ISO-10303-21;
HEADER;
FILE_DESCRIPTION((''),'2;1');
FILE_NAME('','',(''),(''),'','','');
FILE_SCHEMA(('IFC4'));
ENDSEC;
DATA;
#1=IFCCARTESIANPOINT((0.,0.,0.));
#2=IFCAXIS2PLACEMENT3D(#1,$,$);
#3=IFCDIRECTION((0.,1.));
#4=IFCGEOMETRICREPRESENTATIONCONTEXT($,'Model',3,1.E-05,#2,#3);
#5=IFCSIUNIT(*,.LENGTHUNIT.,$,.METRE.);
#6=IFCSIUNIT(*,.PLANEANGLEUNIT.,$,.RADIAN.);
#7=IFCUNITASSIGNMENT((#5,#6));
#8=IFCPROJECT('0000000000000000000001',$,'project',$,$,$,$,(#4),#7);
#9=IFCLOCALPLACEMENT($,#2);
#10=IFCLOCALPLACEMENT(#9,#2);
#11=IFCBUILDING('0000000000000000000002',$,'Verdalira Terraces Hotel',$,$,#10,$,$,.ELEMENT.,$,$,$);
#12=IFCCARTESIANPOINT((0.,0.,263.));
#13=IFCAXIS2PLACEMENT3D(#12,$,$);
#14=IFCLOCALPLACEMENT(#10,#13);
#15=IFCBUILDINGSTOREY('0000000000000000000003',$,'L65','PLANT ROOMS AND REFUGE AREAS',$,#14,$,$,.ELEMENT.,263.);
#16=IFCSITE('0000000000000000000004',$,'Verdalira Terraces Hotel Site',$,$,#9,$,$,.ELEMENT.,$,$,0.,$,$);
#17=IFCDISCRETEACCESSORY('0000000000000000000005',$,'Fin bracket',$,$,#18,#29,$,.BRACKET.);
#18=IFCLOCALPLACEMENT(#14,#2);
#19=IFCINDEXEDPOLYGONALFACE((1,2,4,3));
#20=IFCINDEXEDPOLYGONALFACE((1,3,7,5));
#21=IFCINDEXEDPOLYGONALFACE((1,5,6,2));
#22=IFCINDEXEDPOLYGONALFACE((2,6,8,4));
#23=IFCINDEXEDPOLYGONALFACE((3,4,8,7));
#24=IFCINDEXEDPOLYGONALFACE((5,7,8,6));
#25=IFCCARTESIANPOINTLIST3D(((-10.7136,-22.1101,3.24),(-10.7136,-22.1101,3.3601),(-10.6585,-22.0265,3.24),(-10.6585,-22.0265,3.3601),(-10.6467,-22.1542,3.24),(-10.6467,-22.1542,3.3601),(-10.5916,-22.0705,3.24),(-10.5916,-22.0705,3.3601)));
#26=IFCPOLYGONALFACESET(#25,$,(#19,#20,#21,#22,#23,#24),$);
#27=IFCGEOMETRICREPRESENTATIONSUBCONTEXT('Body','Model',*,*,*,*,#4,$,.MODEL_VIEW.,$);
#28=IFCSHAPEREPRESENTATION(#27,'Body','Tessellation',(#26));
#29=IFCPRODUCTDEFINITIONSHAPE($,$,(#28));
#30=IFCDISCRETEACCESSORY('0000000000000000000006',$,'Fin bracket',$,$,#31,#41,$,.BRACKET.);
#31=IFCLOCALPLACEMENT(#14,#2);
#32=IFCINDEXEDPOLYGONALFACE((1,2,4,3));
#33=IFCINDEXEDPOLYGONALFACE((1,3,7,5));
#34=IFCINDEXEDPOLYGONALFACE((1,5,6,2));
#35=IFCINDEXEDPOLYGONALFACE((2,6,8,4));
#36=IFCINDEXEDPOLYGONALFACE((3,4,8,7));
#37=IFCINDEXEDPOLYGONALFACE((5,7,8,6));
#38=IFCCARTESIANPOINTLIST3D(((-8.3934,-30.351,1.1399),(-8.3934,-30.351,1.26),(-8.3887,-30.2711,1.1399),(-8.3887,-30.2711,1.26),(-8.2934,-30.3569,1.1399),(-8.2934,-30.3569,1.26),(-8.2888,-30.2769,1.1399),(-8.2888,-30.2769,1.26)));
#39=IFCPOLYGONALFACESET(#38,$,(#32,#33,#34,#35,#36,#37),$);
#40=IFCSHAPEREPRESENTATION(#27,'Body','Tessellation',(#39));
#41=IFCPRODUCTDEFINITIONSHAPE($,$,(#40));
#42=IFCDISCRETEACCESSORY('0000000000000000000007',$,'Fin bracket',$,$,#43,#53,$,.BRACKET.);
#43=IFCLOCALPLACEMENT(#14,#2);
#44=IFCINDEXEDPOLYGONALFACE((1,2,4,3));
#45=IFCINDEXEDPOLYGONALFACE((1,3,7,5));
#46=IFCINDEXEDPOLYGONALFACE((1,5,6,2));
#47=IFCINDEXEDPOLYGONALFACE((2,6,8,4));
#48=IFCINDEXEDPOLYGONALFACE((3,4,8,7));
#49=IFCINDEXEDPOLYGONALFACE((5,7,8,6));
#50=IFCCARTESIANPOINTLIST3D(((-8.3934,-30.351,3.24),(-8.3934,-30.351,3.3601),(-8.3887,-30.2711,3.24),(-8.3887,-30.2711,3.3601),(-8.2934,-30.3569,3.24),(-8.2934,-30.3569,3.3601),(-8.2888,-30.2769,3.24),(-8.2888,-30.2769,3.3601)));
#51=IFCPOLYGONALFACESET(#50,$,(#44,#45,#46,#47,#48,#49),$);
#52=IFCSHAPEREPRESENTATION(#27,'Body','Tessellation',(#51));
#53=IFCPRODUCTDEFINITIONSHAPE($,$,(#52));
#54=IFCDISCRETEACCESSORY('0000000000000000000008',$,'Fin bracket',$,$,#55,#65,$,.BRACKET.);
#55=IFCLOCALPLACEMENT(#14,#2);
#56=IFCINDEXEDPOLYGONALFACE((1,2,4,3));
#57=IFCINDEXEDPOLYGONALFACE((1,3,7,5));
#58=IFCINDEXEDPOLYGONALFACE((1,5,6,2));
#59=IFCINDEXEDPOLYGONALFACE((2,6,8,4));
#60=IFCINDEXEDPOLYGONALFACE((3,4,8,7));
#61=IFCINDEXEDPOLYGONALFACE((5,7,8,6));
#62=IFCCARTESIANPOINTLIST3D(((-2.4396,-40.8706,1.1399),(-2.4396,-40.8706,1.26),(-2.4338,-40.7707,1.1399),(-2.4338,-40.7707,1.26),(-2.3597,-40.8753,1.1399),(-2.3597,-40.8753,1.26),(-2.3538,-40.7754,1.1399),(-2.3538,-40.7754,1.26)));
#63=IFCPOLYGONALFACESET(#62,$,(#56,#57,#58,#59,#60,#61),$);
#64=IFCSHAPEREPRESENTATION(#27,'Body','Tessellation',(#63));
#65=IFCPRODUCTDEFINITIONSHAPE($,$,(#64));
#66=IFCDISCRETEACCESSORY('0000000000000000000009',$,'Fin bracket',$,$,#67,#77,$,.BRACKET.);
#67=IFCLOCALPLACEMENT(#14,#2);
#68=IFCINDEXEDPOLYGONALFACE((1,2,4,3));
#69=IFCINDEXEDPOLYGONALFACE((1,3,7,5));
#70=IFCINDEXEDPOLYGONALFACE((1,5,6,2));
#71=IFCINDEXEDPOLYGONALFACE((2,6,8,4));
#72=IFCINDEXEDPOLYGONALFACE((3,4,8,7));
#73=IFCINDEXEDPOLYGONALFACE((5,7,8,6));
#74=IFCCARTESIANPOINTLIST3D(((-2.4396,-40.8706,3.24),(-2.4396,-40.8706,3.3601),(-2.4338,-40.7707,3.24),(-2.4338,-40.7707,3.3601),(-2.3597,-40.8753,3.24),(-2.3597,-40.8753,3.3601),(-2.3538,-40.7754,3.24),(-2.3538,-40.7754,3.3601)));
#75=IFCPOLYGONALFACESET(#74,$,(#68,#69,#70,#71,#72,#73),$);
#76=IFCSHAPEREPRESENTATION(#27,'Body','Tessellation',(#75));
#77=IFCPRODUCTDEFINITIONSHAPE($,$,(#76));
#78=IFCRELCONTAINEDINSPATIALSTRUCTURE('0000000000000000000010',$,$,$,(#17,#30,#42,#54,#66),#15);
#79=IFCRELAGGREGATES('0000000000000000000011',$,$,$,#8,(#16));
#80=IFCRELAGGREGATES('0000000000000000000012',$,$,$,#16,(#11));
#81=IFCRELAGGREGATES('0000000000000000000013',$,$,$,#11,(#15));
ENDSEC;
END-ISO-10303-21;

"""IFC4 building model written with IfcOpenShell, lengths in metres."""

from ifc_helpers import new_model, si_unit, direction, frame, origin, origin_2d, place, context, subcontext, project, spatial, rectangle, extrude, element, save


model = new_model("IFC4")

# Units and contexts
model_context = context("Model", 3, precision=1e-05, world=origin(), true_north=direction((0.0, 1.0)))
body_context = subcontext(model_context, "Body", "Model", "MODEL_VIEW")
ifc_project = project(units=[si_unit("LENGTHUNIT", "METRE"), si_unit("PLANEANGLEUNIT", "RADIAN")], contexts=[model_context])

# Site, building, storey
site_placement = place(None, origin())
site = spatial("IfcSite", under=ifc_project, at=site_placement, Name="Verdalira Terraces Hotel Site", CompositionType="ELEMENT", RefElevation=0.0)
building_placement = place(site_placement, origin())
building = spatial("IfcBuilding", under=site, at=building_placement, Name="Verdalira Terraces Hotel", CompositionType="ELEMENT")
storey_placement = place(building_placement, frame((0.0, 0.0, 263.0)))
storey = spatial("IfcBuildingStorey", under=building, at=storey_placement, Name="L65", Description="PLANT ROOMS AND REFUGE AREAS", CompositionType="ELEMENT", Elevation=263.0)

# Discrete accessories
for number, where, z_axis, x_axis, name in (
    (1, (-10.6526, -22.0903, 3.24), (0.0, 0.0, 1.0), (0.835232, -0.549898, 0.0), "Fin bracket"),
    (2, (-8.3411, -30.314, 1.1399), (0.0, 0.0, 1.0), (-0.058609, -0.998281, 0.0), "Fin bracket"),
    (3, (-8.3411, -30.314, 3.24), (0.0, 0.0, 1.0), (-0.058609, -0.998281, 0.0), "Fin bracket"),
    (4, (-2.3967, -40.823, 1.1399), (0.0, 0.0, 1.0), (0.998281, -0.058609, 0.0), "Fin bracket"),
    (5, (-2.3967, -40.823, 3.24), (0.0, 0.0, 1.0), (0.998281, -0.058609, 0.0), "Fin bracket"),
):
    element("IfcDiscreteAccessory", number, at=place(storey_placement, frame(where, z_axis=z_axis, x_axis=x_axis)), inside=storey, Name=name, PredefinedType="BRACKET", context=body_context, shape_type="SweptSolid", body=[
        extrude(rectangle(XDim=0.0801, YDim=0.1001, at=origin_2d()), origin(), (0.0, 0.0, 1.0), 0.1201),
    ])

save(model, "model.ifc")
